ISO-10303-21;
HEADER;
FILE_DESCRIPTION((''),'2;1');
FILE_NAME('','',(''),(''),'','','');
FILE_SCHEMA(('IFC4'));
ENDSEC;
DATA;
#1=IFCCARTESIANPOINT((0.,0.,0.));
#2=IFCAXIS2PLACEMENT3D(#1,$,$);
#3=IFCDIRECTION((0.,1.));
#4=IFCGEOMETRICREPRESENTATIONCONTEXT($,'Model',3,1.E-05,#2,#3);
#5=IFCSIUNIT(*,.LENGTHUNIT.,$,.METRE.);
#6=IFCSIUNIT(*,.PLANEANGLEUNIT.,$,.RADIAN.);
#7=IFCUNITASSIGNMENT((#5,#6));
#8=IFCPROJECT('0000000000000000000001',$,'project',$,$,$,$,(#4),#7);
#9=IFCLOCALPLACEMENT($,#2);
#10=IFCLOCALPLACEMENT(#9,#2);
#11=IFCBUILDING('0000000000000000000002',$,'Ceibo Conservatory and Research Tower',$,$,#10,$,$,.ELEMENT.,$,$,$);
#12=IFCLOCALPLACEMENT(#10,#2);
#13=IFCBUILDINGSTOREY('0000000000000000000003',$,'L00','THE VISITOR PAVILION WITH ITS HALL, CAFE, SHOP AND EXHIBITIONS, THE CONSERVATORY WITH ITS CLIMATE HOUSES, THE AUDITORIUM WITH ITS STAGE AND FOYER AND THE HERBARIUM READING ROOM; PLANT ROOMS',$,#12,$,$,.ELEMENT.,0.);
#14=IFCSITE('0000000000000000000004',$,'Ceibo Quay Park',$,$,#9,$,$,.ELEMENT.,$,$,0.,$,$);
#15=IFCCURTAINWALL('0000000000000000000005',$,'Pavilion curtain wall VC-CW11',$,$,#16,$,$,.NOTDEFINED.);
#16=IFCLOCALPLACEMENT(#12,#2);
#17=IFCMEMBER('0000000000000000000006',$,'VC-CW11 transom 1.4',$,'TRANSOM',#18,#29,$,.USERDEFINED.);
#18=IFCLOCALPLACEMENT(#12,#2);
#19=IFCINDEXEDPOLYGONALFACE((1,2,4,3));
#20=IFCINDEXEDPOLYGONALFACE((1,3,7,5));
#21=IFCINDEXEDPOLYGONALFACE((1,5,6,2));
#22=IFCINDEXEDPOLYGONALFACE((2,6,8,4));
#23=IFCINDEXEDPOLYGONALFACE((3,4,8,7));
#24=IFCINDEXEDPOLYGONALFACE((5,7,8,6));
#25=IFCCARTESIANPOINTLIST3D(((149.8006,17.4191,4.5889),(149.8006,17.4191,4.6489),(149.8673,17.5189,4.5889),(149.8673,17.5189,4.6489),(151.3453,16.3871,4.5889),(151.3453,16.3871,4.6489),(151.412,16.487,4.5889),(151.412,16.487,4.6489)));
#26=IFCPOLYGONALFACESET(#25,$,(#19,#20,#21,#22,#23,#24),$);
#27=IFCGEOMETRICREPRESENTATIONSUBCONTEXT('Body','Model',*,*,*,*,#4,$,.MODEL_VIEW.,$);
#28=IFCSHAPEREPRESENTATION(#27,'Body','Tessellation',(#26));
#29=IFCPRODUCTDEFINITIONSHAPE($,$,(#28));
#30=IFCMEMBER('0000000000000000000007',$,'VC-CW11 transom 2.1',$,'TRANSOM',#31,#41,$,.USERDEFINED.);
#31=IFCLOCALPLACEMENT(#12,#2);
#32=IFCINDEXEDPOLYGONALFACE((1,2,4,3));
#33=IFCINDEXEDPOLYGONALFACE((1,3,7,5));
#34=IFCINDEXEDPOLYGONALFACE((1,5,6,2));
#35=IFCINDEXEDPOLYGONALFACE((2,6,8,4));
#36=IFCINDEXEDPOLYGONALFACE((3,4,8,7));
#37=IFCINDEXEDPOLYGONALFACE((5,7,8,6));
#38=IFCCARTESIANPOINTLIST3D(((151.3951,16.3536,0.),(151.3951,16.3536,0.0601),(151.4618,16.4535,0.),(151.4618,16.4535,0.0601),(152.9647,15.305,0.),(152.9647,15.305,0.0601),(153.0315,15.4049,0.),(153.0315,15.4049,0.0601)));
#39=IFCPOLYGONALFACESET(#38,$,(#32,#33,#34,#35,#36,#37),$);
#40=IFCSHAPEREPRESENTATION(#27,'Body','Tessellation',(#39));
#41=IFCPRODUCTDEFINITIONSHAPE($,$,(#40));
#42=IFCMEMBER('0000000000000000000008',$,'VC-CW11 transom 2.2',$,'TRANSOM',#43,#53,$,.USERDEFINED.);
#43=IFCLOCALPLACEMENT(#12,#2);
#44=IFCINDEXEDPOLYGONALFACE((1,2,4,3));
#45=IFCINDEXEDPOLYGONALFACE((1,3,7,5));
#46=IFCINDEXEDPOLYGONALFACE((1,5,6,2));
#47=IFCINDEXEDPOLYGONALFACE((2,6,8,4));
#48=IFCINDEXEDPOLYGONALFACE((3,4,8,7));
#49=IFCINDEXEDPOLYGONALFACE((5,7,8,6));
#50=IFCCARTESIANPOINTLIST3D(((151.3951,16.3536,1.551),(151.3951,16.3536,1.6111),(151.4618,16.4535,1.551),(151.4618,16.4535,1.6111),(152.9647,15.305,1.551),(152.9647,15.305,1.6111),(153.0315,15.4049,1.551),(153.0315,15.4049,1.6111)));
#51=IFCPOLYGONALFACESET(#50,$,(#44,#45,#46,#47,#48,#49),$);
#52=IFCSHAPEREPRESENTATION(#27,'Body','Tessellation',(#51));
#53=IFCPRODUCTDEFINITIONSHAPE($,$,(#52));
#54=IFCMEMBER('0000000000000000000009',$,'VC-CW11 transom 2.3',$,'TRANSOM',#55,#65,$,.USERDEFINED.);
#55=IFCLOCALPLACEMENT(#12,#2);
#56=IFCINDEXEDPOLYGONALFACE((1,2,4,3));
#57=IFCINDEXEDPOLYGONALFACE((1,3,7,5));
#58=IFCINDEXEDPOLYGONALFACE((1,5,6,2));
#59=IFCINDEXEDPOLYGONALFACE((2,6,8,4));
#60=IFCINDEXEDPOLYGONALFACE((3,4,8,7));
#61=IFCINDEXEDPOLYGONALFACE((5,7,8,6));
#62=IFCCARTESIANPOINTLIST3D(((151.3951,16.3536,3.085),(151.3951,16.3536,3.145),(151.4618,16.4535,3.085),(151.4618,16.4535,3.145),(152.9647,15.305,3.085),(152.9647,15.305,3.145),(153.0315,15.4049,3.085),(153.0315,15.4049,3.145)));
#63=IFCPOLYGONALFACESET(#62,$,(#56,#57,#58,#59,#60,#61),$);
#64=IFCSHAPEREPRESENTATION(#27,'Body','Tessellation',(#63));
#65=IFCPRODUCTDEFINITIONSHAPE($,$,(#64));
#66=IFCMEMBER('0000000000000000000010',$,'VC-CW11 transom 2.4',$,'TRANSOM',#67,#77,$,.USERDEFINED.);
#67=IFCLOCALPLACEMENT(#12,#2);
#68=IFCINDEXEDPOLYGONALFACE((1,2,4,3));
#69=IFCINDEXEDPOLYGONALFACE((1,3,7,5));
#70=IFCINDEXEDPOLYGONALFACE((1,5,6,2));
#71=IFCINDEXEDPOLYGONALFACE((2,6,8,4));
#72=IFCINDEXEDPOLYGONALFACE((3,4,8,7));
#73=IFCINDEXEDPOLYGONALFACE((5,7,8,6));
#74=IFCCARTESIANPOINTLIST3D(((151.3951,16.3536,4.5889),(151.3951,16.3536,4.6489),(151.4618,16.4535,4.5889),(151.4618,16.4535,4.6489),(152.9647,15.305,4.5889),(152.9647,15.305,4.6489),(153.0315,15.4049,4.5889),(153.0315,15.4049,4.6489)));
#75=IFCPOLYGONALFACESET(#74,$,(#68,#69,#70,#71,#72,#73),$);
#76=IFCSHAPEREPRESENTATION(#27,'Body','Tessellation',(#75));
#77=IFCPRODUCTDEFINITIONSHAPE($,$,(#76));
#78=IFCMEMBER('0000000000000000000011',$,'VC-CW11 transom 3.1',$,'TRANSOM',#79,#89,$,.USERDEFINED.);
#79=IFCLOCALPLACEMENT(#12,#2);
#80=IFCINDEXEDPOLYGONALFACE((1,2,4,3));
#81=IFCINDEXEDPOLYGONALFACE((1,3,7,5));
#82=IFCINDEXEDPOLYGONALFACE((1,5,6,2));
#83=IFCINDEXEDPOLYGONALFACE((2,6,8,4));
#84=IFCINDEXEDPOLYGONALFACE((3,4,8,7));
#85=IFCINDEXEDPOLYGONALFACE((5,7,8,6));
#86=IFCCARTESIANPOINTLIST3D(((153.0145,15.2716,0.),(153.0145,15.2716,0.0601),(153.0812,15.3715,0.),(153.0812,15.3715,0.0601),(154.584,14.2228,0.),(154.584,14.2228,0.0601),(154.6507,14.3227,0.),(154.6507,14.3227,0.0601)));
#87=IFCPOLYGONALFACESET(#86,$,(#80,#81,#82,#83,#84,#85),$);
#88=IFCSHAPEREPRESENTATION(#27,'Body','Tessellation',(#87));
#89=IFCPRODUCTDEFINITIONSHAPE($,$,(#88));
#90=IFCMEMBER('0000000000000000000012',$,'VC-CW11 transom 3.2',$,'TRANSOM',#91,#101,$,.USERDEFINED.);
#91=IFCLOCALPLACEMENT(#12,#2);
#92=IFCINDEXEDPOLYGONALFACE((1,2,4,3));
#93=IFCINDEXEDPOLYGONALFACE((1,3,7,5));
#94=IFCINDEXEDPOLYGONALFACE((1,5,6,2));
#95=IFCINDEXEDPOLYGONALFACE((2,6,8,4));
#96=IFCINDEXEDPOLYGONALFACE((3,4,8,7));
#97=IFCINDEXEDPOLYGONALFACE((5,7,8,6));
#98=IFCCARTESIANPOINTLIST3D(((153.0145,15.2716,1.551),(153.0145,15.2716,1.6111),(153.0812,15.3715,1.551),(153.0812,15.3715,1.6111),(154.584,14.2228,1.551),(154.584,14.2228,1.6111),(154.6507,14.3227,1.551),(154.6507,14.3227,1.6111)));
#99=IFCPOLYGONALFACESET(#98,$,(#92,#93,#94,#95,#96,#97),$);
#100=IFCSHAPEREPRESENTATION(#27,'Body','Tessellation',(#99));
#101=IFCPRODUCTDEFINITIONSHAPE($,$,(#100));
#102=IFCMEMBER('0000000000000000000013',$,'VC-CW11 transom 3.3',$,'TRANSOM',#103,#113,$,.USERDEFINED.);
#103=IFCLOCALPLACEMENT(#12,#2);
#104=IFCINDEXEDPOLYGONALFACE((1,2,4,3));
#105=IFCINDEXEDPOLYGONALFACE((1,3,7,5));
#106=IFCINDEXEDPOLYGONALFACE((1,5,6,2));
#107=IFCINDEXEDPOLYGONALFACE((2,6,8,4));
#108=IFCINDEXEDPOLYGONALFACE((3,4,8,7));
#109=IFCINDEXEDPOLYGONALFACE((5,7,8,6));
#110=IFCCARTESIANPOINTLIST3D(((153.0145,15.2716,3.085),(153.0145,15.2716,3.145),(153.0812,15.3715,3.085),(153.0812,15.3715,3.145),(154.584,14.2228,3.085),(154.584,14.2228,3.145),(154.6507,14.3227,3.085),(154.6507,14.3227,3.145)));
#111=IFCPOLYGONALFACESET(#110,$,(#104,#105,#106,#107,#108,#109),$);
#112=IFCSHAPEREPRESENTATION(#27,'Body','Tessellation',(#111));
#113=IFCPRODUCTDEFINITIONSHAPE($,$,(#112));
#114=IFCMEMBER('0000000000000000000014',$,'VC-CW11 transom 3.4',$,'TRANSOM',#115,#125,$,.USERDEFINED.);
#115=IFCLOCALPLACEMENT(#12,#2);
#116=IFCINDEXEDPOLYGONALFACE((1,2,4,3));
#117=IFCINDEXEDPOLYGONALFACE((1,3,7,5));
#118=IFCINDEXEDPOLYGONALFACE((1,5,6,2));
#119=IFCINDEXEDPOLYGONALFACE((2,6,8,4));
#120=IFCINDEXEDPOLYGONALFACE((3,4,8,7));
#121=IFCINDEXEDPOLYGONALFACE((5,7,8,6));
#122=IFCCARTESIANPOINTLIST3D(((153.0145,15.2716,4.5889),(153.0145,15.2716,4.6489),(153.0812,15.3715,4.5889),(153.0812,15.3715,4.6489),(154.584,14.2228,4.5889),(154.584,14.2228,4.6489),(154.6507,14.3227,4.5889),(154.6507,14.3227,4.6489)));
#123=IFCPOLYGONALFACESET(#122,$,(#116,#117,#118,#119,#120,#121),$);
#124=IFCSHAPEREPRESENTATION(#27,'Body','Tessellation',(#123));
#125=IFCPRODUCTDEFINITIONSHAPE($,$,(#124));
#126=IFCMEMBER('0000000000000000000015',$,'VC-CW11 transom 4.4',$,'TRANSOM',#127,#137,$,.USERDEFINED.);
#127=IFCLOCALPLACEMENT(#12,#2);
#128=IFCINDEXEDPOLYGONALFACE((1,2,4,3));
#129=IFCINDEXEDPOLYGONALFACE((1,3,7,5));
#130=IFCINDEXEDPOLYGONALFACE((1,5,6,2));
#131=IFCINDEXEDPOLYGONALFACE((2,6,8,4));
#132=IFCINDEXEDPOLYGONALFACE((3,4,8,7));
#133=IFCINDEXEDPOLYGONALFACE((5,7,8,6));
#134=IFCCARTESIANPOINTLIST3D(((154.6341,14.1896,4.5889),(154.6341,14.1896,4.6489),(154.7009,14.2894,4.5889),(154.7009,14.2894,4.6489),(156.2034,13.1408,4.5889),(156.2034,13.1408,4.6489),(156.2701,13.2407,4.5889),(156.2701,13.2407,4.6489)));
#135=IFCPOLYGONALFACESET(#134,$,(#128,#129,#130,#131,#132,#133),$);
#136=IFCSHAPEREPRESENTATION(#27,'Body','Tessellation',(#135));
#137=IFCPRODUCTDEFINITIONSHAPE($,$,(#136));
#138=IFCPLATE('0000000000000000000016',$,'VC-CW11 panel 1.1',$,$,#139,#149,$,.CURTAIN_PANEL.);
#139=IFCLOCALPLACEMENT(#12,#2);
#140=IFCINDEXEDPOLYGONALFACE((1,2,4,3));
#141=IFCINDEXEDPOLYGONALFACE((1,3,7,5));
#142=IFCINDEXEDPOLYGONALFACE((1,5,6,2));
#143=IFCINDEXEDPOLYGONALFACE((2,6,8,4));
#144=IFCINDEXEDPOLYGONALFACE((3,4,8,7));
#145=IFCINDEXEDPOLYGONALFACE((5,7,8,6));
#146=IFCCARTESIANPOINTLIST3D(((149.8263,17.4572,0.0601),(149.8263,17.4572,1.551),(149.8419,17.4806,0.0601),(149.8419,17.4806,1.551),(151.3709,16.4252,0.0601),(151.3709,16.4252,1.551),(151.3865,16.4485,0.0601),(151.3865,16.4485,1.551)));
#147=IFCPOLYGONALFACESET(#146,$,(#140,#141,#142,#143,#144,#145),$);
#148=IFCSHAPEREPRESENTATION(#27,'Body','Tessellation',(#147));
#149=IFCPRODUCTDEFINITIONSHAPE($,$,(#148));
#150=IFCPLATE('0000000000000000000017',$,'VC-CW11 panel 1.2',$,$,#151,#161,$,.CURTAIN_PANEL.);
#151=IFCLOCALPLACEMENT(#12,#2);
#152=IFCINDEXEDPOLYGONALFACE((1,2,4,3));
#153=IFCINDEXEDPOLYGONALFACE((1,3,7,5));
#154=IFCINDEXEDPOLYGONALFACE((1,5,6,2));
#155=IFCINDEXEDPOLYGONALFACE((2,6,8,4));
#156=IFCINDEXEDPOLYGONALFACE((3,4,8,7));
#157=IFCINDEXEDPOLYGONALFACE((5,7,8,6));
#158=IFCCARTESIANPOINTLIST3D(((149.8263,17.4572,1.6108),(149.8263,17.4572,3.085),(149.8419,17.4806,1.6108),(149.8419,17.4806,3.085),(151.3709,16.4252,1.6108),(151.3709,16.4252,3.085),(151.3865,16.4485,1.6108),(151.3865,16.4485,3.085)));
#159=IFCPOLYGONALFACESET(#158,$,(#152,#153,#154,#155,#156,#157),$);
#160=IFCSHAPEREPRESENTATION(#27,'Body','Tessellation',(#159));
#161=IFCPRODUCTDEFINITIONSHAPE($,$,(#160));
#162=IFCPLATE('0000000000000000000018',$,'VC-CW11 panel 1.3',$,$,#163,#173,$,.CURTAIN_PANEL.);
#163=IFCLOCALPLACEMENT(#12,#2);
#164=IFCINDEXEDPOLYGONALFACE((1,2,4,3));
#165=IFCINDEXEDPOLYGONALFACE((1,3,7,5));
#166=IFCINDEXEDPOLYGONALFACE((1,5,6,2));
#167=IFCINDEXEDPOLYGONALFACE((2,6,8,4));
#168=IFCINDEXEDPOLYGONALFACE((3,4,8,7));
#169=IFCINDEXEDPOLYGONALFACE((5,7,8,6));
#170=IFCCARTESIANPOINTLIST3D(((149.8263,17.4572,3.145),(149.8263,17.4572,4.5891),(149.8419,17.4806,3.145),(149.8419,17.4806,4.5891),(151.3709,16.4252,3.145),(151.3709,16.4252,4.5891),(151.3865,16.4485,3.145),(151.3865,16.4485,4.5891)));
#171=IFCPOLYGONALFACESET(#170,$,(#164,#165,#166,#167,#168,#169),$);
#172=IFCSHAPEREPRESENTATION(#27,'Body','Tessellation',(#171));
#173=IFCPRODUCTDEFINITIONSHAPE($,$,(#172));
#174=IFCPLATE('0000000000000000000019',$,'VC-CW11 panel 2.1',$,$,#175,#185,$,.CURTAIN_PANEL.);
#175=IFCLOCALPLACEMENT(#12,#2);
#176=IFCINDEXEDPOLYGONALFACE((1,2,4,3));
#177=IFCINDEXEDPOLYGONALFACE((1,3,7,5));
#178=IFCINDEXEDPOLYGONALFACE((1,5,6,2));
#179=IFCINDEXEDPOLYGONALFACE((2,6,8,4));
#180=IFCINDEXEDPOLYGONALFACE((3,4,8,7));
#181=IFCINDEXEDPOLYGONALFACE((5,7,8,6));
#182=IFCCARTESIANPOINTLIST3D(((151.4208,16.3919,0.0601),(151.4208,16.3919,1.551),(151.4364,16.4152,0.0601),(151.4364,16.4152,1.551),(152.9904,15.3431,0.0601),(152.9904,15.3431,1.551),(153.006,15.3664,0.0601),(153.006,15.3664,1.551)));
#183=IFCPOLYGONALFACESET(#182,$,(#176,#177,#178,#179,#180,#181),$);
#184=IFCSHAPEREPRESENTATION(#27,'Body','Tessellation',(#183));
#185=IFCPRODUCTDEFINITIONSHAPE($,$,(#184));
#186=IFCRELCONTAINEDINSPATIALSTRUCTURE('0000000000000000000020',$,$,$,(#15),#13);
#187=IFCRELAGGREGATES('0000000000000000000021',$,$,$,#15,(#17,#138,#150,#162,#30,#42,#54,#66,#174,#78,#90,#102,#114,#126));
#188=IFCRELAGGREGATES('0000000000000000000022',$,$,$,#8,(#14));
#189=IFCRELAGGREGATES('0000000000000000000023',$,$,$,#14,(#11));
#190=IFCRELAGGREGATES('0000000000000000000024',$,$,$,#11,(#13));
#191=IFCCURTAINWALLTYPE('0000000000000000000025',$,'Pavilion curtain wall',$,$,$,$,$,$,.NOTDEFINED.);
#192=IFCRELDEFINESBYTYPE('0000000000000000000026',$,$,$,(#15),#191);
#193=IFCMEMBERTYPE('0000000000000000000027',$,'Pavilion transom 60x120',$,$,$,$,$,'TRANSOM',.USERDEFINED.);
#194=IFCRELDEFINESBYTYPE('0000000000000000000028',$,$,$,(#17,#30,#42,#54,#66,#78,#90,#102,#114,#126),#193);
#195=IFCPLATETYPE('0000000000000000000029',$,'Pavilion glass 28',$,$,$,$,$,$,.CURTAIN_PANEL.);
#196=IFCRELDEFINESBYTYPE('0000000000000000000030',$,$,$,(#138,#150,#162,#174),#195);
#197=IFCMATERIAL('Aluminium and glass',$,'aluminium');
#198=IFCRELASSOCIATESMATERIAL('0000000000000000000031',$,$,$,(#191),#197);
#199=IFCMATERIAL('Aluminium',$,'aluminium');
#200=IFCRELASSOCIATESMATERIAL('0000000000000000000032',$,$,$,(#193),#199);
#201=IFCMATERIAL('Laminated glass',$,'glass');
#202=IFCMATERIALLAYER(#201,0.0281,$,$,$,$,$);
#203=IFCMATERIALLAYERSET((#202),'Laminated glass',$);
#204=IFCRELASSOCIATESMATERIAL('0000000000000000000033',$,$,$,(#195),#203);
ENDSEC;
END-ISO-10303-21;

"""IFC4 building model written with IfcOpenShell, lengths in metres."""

from ifc_helpers import new_model, si_unit, direction, frame, origin, origin_2d, place, context, subcontext, project, spatial, rectangle, extrude, material, layer, layer_set, material_profile, profile_set, type_object, element, aggregate, save


model = new_model("IFC4")

# Units and contexts
model_context = context("Model", 3, precision=1e-05, world=origin(), true_north=direction((0.0, 1.0)))
body_context = subcontext(model_context, "Body", "Model", "MODEL_VIEW")
ifc_project = project(units=[si_unit("LENGTHUNIT", "METRE"), si_unit("PLANEANGLEUNIT", "RADIAN")], contexts=[model_context])

# Site, building, storey
site_placement = place(None, origin())
site = spatial("IfcSite", under=ifc_project, at=site_placement, Name="Ceibo Quay Park", CompositionType="ELEMENT", RefElevation=0.0)
building_placement = place(site_placement, origin())
building = spatial("IfcBuilding", under=site, at=building_placement, Name="Ceibo Conservatory and Research Tower", CompositionType="ELEMENT")
storey_placement = place(building_placement, origin())
storey = spatial("IfcBuildingStorey", under=building, at=storey_placement, Name="L00", Description="THE VISITOR PAVILION WITH ITS HALL, CAFE, SHOP AND EXHIBITIONS, THE CONSERVATORY WITH ITS CLIMATE HOUSES, THE AUDITORIUM WITH ITS STAGE AND FOYER AND THE HERBARIUM READING ROOM; PLANT ROOMS", CompositionType="ELEMENT", Elevation=0.0)

# Curtain wall, members, plates
ifc_material_1 = material(Name="Aluminium and glass", Category="aluminium")
curtain_wall_type = type_object("IfcCurtainWallType", Name="Pavilion curtain wall", PredefinedType="NOTDEFINED", material=ifc_material_1)
curtain_wall_placement = place(storey_placement, origin())
curtain_wall = element("IfcCurtainWall", 1, at=curtain_wall_placement, inside=storey, type_object=curtain_wall_type, Name="Pavilion curtain wall VC-CW11", PredefinedType="NOTDEFINED")
ifc_material_2 = material(Name="Aluminium", Category="aluminium")
ifc_material_profile_1 = material_profile(ifc_material_2, rectangle(XDim=0.1201, YDim=0.0601, at=origin_2d()), Name="AL 60x120")
ifc_profile_set_1 = profile_set([ifc_material_profile_1], Name="Aluminium")
member_type_1 = type_object("IfcMemberType", Name="Pavilion transom 60x120", ElementType="TRANSOM", PredefinedType="USERDEFINED", material=ifc_profile_set_1)
member_1_placement = place(storey_placement, frame((149.834, 17.469, 4.6189), z_axis=(0.831504, -0.555519, 0.0), x_axis=(0.555519, 0.831504, 0.0)))
member_1 = element("IfcMember", 2, at=member_1_placement, type_object=member_type_1, Name="VC-CW11 transom 1.4", ObjectType="TRANSOM", PredefinedType="USERDEFINED", context=body_context, shape_type="SweptSolid", body=[
    extrude(rectangle(XDim=0.1201, YDim=0.0601, at=origin_2d()), origin(), (0.0, 0.0, 1.0), 1.8577),
])
member_2_placement = place(storey_placement, frame((151.4285, 16.4036, 0.03), z_axis=(0.831513, -0.555506, 0.0), x_axis=(0.555506, 0.831513, 0.0)))
member_2 = element("IfcMember", 3, at=member_2_placement, type_object=member_type_1, Name="VC-CW11 transom 2.1", ObjectType="TRANSOM", PredefinedType="USERDEFINED", context=body_context, shape_type="SweptSolid", body=[
    extrude(rectangle(XDim=0.1201, YDim=0.0601, at=origin_2d()), origin(), (0.0, 0.0, 1.0), 1.8877),
])
member_3_placement = place(storey_placement, frame((151.4285, 16.4036, 1.5811), z_axis=(0.831513, -0.555506, 0.0), x_axis=(0.555506, 0.831513, 0.0)))
member_3 = element("IfcMember", 4, at=member_3_placement, type_object=member_type_1, Name="VC-CW11 transom 2.2", ObjectType="TRANSOM", PredefinedType="USERDEFINED", context=body_context, shape_type="SweptSolid", body=[
    extrude(rectangle(XDim=0.1201, YDim=0.0601, at=origin_2d()), origin(), (0.0, 0.0, 1.0), 1.8877),
])
member_4_placement = place(storey_placement, frame((151.4285, 16.4036, 3.115), z_axis=(0.831513, -0.555506, 0.0), x_axis=(0.555506, 0.831513, 0.0)))
member_4 = element("IfcMember", 5, at=member_4_placement, type_object=member_type_1, Name="VC-CW11 transom 2.3", ObjectType="TRANSOM", PredefinedType="USERDEFINED", context=body_context, shape_type="SweptSolid", body=[
    extrude(rectangle(XDim=0.1201, YDim=0.0601, at=origin_2d()), origin(), (0.0, 0.0, 1.0), 1.8877),
])
member_5_placement = place(storey_placement, frame((151.4285, 16.4036, 4.6189), z_axis=(0.831513, -0.555506, 0.0), x_axis=(0.555506, 0.831513, 0.0)))
member_5 = element("IfcMember", 6, at=member_5_placement, type_object=member_type_1, Name="VC-CW11 transom 2.4", ObjectType="TRANSOM", PredefinedType="USERDEFINED", context=body_context, shape_type="SweptSolid", body=[
    extrude(rectangle(XDim=0.1201, YDim=0.0601, at=origin_2d()), origin(), (0.0, 0.0, 1.0), 1.8877),
])
member_6_placement = place(storey_placement, frame((153.0479, 15.3215, 0.03), z_axis=(0.831453, -0.555595, 0.0), x_axis=(0.555595, 0.831453, 0.0)))
member_6 = element("IfcMember", 7, at=member_6_placement, type_object=member_type_1, Name="VC-CW11 transom 3.1", ObjectType="TRANSOM", PredefinedType="USERDEFINED", context=body_context, shape_type="SweptSolid", body=[
    extrude(rectangle(XDim=0.1201, YDim=0.0601, at=origin_2d()), origin(), (0.0, 0.0, 1.0), 1.8877),
])
member_7_placement = place(storey_placement, frame((153.0479, 15.3215, 1.5811), z_axis=(0.831453, -0.555595, 0.0), x_axis=(0.555595, 0.831453, 0.0)))
member_7 = element("IfcMember", 8, at=member_7_placement, type_object=member_type_1, Name="VC-CW11 transom 3.2", ObjectType="TRANSOM", PredefinedType="USERDEFINED", context=body_context, shape_type="SweptSolid", body=[
    extrude(rectangle(XDim=0.1201, YDim=0.0601, at=origin_2d()), origin(), (0.0, 0.0, 1.0), 1.8877),
])
member_8_placement = place(storey_placement, frame((153.0479, 15.3215, 3.115), z_axis=(0.831453, -0.555595, 0.0), x_axis=(0.555595, 0.831453, 0.0)))
member_8 = element("IfcMember", 9, at=member_8_placement, type_object=member_type_1, Name="VC-CW11 transom 3.3", ObjectType="TRANSOM", PredefinedType="USERDEFINED", context=body_context, shape_type="SweptSolid", body=[
    extrude(rectangle(XDim=0.1201, YDim=0.0601, at=origin_2d()), origin(), (0.0, 0.0, 1.0), 1.8877),
])
member_9_placement = place(storey_placement, frame((153.0479, 15.3215, 4.6189), z_axis=(0.831453, -0.555595, 0.0), x_axis=(0.555595, 0.831453, 0.0)))
member_9 = element("IfcMember", 10, at=member_9_placement, type_object=member_type_1, Name="VC-CW11 transom 3.4", ObjectType="TRANSOM", PredefinedType="USERDEFINED", context=body_context, shape_type="SweptSolid", body=[
    extrude(rectangle(XDim=0.1201, YDim=0.0601, at=origin_2d()), origin(), (0.0, 0.0, 1.0), 1.8877),
])
member_10_placement = place(storey_placement, frame((154.6675, 14.2395, 4.6189), z_axis=(0.831413, -0.555655, 0.0), x_axis=(0.555655, 0.831413, 0.0)))
member_10 = element("IfcMember", 11, at=member_10_placement, type_object=member_type_1, Name="VC-CW11 transom 4.4", ObjectType="TRANSOM", PredefinedType="USERDEFINED", context=body_context, shape_type="SweptSolid", body=[
    extrude(rectangle(XDim=0.1201, YDim=0.0601, at=origin_2d()), origin(), (0.0, 0.0, 1.0), 1.8875),
])
ifc_material_3 = material(Name="Laminated glass", Category="glass")
ifc_layer_1 = layer(ifc_material_3, 0.0281)
ifc_layer_set_1 = layer_set([ifc_layer_1], Name="Laminated glass")
plate_type = type_object("IfcPlateType", Name="Pavilion glass 28", PredefinedType="CURTAIN_PANEL", material=ifc_layer_set_1)
plate_1_placement = place(storey_placement, frame((150.6064, 16.9529, 0.0601), z_axis=(0.0, 0.0, 1.0), x_axis=(0.83147, -0.55557, 0.0)))
plate_1 = element("IfcPlate", 12, at=plate_1_placement, type_object=plate_type, Name="VC-CW11 panel 1.1", PredefinedType="CURTAIN_PANEL", context=body_context, shape_type="SweptSolid", body=[
    extrude(rectangle(XDim=1.8577, YDim=0.0281, at=origin_2d()), origin(), (0.0, 0.0, 1.0), 1.491),
])
plate_2_placement = place(storey_placement, frame((150.6064, 16.9529, 1.6108), z_axis=(0.0, 0.0, 1.0), x_axis=(0.83147, -0.55557, 0.0)))
plate_2 = element("IfcPlate", 13, at=plate_2_placement, type_object=plate_type, Name="VC-CW11 panel 1.2", PredefinedType="CURTAIN_PANEL", context=body_context, shape_type="SweptSolid", body=[
    extrude(rectangle(XDim=1.8577, YDim=0.0281, at=origin_2d()), origin(), (0.0, 0.0, 1.0), 1.4741),
])
plate_3_placement = place(storey_placement, frame((150.6064, 16.9529, 3.145), z_axis=(0.0, 0.0, 1.0), x_axis=(0.83147, -0.55557, 0.0)))
plate_3 = element("IfcPlate", 14, at=plate_3_placement, type_object=plate_type, Name="VC-CW11 panel 1.3", PredefinedType="CURTAIN_PANEL", context=body_context, shape_type="SweptSolid", body=[
    extrude(rectangle(XDim=1.8577, YDim=0.0281, at=origin_2d()), origin(), (0.0, 0.0, 1.0), 1.4441),
])
plate_4_placement = place(storey_placement, frame((152.2134, 15.8792, 0.0601), z_axis=(0.0, 0.0, 1.0), x_axis=(0.83147, -0.55557, 0.0)))
plate_4 = element("IfcPlate", 15, at=plate_4_placement, type_object=plate_type, Name="VC-CW11 panel 2.1", PredefinedType="CURTAIN_PANEL", context=body_context, shape_type="SweptSolid", body=[
    extrude(rectangle(XDim=1.8877, YDim=0.0281, at=origin_2d()), origin(), (0.0, 0.0, 1.0), 1.491),
])
aggregate(curtain_wall, [member_1, plate_1, plate_2, plate_3, member_2, member_3, member_4, member_5, plate_4, member_6, member_7, member_8, member_9, member_10])

save(model, "model.ifc")
